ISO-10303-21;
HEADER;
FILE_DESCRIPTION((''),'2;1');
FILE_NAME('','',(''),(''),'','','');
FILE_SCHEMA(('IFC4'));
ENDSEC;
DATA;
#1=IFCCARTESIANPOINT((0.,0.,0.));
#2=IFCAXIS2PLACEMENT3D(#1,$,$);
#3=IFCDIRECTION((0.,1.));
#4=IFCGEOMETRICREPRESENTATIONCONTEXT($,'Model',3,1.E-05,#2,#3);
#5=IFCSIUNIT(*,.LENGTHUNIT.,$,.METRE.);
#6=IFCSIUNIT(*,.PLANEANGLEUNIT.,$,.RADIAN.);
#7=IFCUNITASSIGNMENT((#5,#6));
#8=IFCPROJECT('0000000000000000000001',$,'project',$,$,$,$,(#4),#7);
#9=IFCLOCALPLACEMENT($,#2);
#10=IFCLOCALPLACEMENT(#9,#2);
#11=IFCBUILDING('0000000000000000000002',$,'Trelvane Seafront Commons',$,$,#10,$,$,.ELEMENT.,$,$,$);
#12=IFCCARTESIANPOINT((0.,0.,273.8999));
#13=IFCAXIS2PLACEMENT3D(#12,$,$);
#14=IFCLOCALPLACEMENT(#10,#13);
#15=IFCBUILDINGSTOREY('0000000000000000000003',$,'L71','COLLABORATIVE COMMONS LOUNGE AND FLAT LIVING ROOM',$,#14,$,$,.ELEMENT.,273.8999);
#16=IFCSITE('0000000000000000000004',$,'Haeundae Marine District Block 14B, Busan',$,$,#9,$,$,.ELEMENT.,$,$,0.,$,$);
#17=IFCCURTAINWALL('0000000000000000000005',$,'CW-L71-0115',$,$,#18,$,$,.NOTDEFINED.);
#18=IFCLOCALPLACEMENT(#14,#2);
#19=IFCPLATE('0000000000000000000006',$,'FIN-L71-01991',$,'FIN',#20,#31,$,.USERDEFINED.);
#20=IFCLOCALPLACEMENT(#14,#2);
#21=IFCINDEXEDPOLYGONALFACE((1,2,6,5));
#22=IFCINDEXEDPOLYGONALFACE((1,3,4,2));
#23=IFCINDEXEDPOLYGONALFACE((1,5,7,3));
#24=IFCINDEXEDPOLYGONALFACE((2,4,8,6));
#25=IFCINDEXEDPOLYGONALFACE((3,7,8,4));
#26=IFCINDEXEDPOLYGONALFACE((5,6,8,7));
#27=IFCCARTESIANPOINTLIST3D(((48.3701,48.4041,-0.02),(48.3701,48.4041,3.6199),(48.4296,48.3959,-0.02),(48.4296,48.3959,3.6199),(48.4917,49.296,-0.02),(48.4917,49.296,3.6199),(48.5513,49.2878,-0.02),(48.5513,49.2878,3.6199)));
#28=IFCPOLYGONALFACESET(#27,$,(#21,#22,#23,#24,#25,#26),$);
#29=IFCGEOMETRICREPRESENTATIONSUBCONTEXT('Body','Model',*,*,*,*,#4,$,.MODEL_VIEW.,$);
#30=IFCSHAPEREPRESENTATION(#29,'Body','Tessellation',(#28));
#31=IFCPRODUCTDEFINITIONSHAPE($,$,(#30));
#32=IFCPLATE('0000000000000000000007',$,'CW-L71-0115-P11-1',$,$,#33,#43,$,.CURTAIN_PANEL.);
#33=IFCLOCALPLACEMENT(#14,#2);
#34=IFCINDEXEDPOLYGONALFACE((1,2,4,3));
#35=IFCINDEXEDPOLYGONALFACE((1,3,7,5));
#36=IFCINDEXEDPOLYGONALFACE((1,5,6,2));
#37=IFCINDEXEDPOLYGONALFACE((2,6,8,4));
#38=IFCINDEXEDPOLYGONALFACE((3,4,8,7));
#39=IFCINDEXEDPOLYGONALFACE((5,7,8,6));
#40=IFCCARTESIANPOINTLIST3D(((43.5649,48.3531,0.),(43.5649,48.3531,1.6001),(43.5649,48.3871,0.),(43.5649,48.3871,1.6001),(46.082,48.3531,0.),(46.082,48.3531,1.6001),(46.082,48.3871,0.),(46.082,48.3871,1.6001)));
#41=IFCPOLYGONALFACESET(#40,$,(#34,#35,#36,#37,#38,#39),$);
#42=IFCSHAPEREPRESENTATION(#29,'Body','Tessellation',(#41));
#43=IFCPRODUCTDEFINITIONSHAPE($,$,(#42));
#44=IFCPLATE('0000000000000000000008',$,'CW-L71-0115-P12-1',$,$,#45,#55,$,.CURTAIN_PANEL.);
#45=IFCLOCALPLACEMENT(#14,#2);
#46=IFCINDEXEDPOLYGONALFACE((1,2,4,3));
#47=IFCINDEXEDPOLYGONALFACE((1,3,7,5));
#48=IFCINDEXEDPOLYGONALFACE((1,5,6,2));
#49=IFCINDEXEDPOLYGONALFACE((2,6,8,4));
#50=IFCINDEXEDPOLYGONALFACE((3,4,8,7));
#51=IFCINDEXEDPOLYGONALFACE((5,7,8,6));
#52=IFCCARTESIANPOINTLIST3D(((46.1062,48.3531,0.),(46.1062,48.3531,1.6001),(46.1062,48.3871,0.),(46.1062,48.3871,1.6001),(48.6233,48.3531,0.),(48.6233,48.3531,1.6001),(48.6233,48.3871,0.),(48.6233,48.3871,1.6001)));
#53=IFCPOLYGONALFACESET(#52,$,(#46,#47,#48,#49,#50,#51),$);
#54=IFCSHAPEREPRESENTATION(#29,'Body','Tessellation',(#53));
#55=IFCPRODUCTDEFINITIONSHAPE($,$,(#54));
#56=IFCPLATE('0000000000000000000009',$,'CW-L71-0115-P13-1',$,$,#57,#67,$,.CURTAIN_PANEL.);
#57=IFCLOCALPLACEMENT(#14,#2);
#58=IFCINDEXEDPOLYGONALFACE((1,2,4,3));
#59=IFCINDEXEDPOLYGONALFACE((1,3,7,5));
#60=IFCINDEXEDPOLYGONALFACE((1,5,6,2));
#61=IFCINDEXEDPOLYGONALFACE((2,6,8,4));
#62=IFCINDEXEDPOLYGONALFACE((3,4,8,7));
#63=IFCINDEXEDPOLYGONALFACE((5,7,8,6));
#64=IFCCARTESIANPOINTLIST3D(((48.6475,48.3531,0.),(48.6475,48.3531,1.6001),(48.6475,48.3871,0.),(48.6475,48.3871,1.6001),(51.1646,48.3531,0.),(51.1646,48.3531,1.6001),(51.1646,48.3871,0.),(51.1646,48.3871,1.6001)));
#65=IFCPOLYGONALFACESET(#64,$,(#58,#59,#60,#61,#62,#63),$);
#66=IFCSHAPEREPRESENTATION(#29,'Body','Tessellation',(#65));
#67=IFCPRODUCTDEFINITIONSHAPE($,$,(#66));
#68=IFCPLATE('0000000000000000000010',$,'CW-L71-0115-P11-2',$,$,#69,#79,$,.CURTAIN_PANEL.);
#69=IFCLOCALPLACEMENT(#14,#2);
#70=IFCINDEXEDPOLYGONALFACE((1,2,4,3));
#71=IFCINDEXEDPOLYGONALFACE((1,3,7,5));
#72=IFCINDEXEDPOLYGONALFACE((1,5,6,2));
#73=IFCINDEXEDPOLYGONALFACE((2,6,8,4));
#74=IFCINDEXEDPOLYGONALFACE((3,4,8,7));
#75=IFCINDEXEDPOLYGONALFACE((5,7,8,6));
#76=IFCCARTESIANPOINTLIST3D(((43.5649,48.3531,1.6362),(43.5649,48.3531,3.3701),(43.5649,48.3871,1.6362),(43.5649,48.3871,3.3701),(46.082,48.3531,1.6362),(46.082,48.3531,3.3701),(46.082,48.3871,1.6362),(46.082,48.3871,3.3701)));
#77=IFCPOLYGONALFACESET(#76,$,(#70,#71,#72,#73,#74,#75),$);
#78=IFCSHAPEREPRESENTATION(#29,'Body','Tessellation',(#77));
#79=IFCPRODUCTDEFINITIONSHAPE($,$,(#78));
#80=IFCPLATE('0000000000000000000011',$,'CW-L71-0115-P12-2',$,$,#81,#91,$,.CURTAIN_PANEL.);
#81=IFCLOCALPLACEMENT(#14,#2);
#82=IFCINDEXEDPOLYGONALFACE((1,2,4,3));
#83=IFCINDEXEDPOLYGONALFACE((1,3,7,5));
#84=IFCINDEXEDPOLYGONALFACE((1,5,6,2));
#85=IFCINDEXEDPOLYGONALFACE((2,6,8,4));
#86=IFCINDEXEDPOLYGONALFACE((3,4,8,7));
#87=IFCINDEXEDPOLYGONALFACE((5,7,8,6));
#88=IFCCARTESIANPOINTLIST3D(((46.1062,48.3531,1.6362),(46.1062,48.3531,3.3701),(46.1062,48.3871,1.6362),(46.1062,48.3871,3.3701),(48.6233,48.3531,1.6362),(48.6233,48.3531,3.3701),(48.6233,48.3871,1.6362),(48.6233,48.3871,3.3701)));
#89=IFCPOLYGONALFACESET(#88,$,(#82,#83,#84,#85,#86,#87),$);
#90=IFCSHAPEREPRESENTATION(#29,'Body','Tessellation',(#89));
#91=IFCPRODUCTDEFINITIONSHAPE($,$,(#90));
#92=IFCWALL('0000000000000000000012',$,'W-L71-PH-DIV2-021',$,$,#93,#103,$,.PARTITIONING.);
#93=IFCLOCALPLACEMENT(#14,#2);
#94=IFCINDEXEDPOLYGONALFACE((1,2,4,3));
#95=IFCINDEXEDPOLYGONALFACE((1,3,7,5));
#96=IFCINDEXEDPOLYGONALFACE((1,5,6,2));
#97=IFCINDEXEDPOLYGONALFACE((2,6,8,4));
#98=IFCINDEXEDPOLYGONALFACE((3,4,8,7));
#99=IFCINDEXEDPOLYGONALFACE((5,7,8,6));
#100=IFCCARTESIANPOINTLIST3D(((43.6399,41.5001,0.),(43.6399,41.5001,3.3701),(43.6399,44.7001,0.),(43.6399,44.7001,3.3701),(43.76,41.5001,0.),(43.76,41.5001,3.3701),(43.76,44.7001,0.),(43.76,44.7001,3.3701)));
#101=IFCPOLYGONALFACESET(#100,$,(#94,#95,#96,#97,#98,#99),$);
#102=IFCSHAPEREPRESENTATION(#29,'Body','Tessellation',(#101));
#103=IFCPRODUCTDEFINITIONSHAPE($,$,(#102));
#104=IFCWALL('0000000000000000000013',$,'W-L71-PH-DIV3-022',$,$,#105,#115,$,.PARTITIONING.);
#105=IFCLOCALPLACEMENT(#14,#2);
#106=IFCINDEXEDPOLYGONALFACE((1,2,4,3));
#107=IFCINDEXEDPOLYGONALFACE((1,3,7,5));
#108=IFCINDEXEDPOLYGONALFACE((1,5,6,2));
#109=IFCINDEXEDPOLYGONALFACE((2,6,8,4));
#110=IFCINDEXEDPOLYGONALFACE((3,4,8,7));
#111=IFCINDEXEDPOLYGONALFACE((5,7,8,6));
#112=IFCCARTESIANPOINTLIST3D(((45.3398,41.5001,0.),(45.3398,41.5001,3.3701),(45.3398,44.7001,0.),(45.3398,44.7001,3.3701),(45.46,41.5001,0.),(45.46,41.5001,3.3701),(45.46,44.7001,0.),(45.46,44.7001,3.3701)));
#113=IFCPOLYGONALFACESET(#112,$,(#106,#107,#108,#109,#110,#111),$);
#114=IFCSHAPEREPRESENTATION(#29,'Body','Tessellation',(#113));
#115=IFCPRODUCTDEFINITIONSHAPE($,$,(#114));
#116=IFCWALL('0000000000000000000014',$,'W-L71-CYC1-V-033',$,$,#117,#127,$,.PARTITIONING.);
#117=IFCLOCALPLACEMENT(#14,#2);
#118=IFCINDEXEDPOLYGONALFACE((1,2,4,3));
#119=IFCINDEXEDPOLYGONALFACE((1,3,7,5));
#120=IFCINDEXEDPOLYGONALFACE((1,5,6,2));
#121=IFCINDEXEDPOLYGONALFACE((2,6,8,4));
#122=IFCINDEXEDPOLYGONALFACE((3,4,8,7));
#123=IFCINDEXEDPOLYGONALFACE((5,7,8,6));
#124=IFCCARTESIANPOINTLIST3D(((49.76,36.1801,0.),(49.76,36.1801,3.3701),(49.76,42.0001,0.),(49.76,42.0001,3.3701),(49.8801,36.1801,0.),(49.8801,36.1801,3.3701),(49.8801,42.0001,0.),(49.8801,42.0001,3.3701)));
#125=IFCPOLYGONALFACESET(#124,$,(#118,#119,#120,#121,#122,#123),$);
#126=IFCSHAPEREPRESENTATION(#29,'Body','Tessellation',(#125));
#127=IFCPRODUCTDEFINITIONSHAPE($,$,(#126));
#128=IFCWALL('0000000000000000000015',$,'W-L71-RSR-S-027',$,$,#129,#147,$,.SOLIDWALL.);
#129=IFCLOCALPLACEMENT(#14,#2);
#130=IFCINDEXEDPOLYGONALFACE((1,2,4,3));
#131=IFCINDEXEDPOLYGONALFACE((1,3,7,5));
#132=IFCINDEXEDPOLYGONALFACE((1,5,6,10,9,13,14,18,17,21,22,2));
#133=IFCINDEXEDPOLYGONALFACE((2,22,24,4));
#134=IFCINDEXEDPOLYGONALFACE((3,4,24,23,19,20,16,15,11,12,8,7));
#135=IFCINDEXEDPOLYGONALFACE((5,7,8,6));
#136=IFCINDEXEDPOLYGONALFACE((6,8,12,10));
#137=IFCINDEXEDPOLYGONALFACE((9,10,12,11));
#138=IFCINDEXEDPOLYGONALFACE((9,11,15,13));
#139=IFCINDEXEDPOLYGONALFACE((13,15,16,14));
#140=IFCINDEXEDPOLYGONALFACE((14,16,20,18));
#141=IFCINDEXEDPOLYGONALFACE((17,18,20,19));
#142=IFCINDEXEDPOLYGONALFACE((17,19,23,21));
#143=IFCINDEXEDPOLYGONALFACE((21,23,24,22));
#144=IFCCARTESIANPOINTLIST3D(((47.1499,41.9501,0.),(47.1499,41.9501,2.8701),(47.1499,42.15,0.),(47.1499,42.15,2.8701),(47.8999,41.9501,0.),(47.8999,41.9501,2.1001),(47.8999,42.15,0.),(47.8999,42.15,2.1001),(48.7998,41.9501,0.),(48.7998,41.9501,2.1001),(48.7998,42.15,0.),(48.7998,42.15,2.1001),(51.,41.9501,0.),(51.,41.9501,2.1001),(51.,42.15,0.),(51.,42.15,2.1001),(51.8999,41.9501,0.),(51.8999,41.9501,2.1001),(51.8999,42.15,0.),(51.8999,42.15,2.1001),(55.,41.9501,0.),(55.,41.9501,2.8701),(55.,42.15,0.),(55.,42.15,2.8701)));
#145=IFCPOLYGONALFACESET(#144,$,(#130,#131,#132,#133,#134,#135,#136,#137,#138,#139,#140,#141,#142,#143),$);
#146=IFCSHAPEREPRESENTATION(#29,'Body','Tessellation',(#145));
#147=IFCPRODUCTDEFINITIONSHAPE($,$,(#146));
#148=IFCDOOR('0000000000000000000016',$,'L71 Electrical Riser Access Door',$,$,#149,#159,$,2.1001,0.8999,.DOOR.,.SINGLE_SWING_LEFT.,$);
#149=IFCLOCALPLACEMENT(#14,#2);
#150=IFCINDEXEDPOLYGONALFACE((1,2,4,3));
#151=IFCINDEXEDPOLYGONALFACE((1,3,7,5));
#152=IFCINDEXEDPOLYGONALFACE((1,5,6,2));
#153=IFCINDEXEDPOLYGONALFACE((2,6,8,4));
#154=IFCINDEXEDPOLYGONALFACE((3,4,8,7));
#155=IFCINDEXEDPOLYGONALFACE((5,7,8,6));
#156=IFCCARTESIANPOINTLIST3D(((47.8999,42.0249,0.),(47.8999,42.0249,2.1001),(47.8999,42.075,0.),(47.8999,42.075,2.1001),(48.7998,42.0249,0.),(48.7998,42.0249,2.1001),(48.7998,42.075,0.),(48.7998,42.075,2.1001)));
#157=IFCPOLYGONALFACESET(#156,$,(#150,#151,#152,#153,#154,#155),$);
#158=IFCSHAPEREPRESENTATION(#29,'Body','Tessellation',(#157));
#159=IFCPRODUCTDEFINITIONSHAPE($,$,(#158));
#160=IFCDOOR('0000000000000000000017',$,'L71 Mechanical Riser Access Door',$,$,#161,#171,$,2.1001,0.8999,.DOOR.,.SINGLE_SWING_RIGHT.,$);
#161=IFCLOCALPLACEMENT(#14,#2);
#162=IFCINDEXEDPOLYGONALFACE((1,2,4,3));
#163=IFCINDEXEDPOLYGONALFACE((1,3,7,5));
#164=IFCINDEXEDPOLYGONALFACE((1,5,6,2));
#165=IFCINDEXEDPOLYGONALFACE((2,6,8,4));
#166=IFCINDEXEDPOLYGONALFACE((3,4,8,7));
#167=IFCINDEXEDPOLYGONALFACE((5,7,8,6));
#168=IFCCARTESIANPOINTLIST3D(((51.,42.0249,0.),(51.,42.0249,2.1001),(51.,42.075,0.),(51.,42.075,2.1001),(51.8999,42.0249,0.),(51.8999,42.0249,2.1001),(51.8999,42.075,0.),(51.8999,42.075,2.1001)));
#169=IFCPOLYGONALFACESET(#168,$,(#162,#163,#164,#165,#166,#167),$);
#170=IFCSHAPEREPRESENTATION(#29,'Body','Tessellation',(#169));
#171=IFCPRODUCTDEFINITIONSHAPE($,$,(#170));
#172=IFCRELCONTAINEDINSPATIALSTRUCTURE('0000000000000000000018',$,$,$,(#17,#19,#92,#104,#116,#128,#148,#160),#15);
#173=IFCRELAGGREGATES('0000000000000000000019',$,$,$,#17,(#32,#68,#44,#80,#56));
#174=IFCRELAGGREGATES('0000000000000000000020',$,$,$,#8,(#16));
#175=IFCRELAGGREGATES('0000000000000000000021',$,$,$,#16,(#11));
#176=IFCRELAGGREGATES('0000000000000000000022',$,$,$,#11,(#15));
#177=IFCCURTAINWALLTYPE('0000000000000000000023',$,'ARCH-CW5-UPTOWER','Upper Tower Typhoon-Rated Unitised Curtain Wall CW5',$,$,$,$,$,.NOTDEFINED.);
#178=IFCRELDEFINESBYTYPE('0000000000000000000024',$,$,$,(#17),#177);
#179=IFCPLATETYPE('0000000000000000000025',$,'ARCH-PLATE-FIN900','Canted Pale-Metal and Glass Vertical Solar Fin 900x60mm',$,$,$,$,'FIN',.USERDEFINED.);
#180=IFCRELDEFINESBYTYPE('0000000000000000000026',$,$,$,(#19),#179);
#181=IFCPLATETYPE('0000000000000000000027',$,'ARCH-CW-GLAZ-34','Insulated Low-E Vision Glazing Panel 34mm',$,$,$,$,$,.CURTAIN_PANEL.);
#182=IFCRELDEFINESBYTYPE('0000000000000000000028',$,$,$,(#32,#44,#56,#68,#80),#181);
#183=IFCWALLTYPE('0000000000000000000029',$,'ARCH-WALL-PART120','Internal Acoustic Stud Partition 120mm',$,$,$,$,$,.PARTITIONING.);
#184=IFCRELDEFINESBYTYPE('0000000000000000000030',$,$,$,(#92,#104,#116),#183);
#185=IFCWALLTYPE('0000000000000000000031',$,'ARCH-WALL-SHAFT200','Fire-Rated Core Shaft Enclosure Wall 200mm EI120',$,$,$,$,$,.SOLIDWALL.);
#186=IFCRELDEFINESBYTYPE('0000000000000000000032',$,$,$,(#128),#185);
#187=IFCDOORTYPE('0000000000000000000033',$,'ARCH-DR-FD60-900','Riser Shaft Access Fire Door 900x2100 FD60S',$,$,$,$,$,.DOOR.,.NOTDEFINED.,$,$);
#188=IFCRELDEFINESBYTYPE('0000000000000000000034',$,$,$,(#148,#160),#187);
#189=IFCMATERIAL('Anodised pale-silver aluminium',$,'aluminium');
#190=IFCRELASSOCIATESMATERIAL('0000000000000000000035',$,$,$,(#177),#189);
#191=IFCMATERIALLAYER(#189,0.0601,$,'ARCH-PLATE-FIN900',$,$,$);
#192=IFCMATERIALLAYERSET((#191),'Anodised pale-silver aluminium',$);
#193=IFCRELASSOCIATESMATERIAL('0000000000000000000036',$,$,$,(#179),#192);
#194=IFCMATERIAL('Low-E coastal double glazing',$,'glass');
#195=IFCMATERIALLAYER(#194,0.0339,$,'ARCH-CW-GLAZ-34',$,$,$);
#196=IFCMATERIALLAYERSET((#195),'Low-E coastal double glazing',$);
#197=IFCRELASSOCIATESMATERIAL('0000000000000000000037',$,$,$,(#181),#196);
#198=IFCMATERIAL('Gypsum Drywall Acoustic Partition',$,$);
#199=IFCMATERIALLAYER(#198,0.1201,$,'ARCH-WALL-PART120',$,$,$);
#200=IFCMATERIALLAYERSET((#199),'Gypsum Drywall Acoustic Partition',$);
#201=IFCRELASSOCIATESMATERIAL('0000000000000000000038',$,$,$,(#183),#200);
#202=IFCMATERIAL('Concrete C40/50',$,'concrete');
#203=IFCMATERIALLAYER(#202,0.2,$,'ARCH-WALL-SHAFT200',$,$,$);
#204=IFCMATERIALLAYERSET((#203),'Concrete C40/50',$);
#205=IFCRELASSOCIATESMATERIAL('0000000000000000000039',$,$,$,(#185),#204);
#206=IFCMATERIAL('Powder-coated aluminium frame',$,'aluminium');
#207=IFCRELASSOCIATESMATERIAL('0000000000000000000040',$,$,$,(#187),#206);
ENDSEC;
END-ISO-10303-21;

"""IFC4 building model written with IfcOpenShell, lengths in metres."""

from ifc_helpers import new_model, si_unit, direction, frame, frame_2d, origin, origin_2d, place, context, subcontext, project, spatial, rectangle, extrude, source, transform, mapped, material, layer, layer_set, type_object, element, fill, aggregate, save


model = new_model("IFC4")

# Units and contexts
model_context = context("Model", 3, precision=1e-05, world=origin(), true_north=direction((0.0, 1.0)))
body_context = subcontext(model_context, "Body", "Model", "MODEL_VIEW")
ifc_project = project(units=[si_unit("LENGTHUNIT", "METRE"), si_unit("PLANEANGLEUNIT", "RADIAN")], contexts=[model_context])

# Site, building, storey
site_placement = place(None, origin())
site = spatial("IfcSite", under=ifc_project, at=site_placement, Name="Haeundae Marine District Block 14B, Busan", CompositionType="ELEMENT", RefElevation=0.0)
building_placement = place(site_placement, origin())
building = spatial("IfcBuilding", under=site, at=building_placement, Name="Trelvane Seafront Commons", CompositionType="ELEMENT")
storey_placement = place(building_placement, frame((0.0, 0.0, 273.8999)))
storey = spatial("IfcBuildingStorey", under=building, at=storey_placement, Name="L71", Description="COLLABORATIVE COMMONS LOUNGE AND FLAT LIVING ROOM", CompositionType="ELEMENT", Elevation=273.8999)

# Curtain wall
ifc_material_1 = material(Name="Anodised pale-silver aluminium", Category="aluminium")
curtain_wall_type = type_object("IfcCurtainWallType", Name="ARCH-CW5-UPTOWER", Description="Upper Tower Typhoon-Rated Unitised Curtain Wall CW5", PredefinedType="NOTDEFINED", material=ifc_material_1)
curtain_wall_placement = place(storey_placement, origin())
curtain_wall = element("IfcCurtainWall", 1, at=curtain_wall_placement, inside=storey, type_object=curtain_wall_type, Name="CW-L71-0115", PredefinedType="NOTDEFINED")

# Plate
ifc_layer_1 = layer(ifc_material_1, 0.0601, Name="ARCH-PLATE-FIN900")
ifc_layer_set_1 = layer_set([ifc_layer_1], Name="Anodised pale-silver aluminium")
plate_type_1 = type_object("IfcPlateType", Name="ARCH-PLATE-FIN900", Description="Canted Pale-Metal and Glass Vertical Solar Fin 900x60mm", ElementType="FIN", PredefinedType="USERDEFINED", material=ifc_layer_set_1)
shared_shape_1 = source(origin(), body_context, "Body", "SweptSolid", [
    extrude(rectangle(XDim=0.9001, YDim=0.0601, at=origin_2d()), origin(), (0.0, 0.0, 1.0), 3.6399),
])
plate_1_placement = place(storey_placement, frame((48.4607, 48.8459, -0.02), z_axis=(0.0, 0.0, 1.0), x_axis=(0.135103, 0.990832, 0.0)))
element("IfcPlate", 2, at=plate_1_placement, inside=storey, type_object=plate_type_1, Name="FIN-L71-01991", ObjectType="FIN", PredefinedType="USERDEFINED", context=body_context, shape_type="MappedRepresentation", body=[
    mapped(shared_shape_1, transform((0.0, 0.0, 0.0), x_axis=(1.0, 0.0, 0.0), y_axis=(0.0, 1.0, 0.0), z_axis=(0.0, 0.0, 1.0), scale=1.0)),
])

# Plates
ifc_material_2 = material(Name="Low-E coastal double glazing", Category="glass")
ifc_layer_2 = layer(ifc_material_2, 0.0339, Name="ARCH-CW-GLAZ-34")
ifc_layer_set_2 = layer_set([ifc_layer_2], Name="Low-E coastal double glazing")
plate_type_2 = type_object("IfcPlateType", Name="ARCH-CW-GLAZ-34", Description="Insulated Low-E Vision Glazing Panel 34mm", PredefinedType="CURTAIN_PANEL", material=ifc_layer_set_2)
shared_shape_2 = source(origin(), body_context, "Body", "SweptSolid", [
    extrude(rectangle(XDim=2.5171, YDim=0.0339, at=origin_2d()), origin(), (0.0, 0.0, 1.0), 1.6001),
])
plate_2_placement = place(storey_placement, frame((44.8235, 48.3701, 0.0), z_axis=(0.0, 0.0, 1.0), x_axis=(1.0, 0.0, 0.0)))
plate_2 = element("IfcPlate", 3, at=plate_2_placement, type_object=plate_type_2, Name="CW-L71-0115-P11-1", PredefinedType="CURTAIN_PANEL", context=body_context, shape_type="MappedRepresentation", body=[
    mapped(shared_shape_2, transform((0.0, 0.0, 0.0), x_axis=(1.0, 0.0, 0.0), y_axis=(0.0, 1.0, 0.0), z_axis=(0.0, 0.0, 1.0), scale=1.0)),
])
plate_3_placement = place(storey_placement, frame((47.3647, 48.3701, 0.0), z_axis=(0.0, 0.0, 1.0), x_axis=(1.0, 0.0, 0.0)))
plate_3 = element("IfcPlate", 4, at=plate_3_placement, type_object=plate_type_2, Name="CW-L71-0115-P12-1", PredefinedType="CURTAIN_PANEL", context=body_context, shape_type="MappedRepresentation", body=[
    mapped(shared_shape_2, transform((0.0, 0.0, 0.0), x_axis=(1.0, 0.0, 0.0), y_axis=(0.0, 1.0, 0.0), z_axis=(0.0, 0.0, 1.0), scale=1.0)),
])
plate_4_placement = place(storey_placement, frame((49.906, 48.3701, 0.0), z_axis=(0.0, 0.0, 1.0), x_axis=(1.0, 0.0, 0.0)))
plate_4 = element("IfcPlate", 5, at=plate_4_placement, type_object=plate_type_2, Name="CW-L71-0115-P13-1", PredefinedType="CURTAIN_PANEL", context=body_context, shape_type="MappedRepresentation", body=[
    mapped(shared_shape_2, transform((0.0, 0.0, 0.0), x_axis=(1.0, 0.0, 0.0), y_axis=(0.0, 1.0, 0.0), z_axis=(0.0, 0.0, 1.0), scale=1.0)),
])
shared_shape_3 = source(origin(), body_context, "Body", "SweptSolid", [
    extrude(rectangle(XDim=2.5171, YDim=0.0339, at=origin_2d()), origin(), (0.0, 0.0, 1.0), 1.7339),
])
plate_5_placement = place(storey_placement, frame((44.8235, 48.3701, 1.6362), z_axis=(0.0, 0.0, 1.0), x_axis=(1.0, 0.0, 0.0)))
plate_5 = element("IfcPlate", 6, at=plate_5_placement, type_object=plate_type_2, Name="CW-L71-0115-P11-2", PredefinedType="CURTAIN_PANEL", context=body_context, shape_type="MappedRepresentation", body=[
    mapped(shared_shape_3, transform((0.0, 0.0, 0.0), x_axis=(1.0, 0.0, 0.0), y_axis=(0.0, 1.0, 0.0), z_axis=(0.0, 0.0, 1.0), scale=1.0)),
])
plate_6_placement = place(storey_placement, frame((47.3647, 48.3701, 1.6362), z_axis=(0.0, 0.0, 1.0), x_axis=(1.0, 0.0, 0.0)))
plate_6 = element("IfcPlate", 7, at=plate_6_placement, type_object=plate_type_2, Name="CW-L71-0115-P12-2", PredefinedType="CURTAIN_PANEL", context=body_context, shape_type="MappedRepresentation", body=[
    mapped(shared_shape_3, transform((0.0, 0.0, 0.0), x_axis=(1.0, 0.0, 0.0), y_axis=(0.0, 1.0, 0.0), z_axis=(0.0, 0.0, 1.0), scale=1.0)),
])
aggregate(curtain_wall, [plate_2, plate_5, plate_3, plate_6, plate_4])

# Walls
ifc_material_3 = material(Name="Gypsum Drywall Acoustic Partition")
ifc_layer_3 = layer(ifc_material_3, 0.1201, Name="ARCH-WALL-PART120")
ifc_layer_set_3 = layer_set([ifc_layer_3], Name="Gypsum Drywall Acoustic Partition")
wall_type_1 = type_object("IfcWallType", Name="ARCH-WALL-PART120", Description="Internal Acoustic Stud Partition 120mm", PredefinedType="PARTITIONING", material=ifc_layer_set_3)
for number, where, z_axis, x_axis, name in (
    (8, (43.7, 41.5, 0.0), (0.0, 0.0, 1.0), (0.0, 1.0, 0.0), "W-L71-PH-DIV2-021"),
    (9, (45.3999, 41.5, 0.0), (0.0, 0.0, 1.0), (0.0, 1.0, 0.0), "W-L71-PH-DIV3-022"),
):
    element("IfcWall", number, at=place(storey_placement, frame(where, z_axis=z_axis, x_axis=x_axis)), inside=storey, type_object=wall_type_1, Name=name, PredefinedType="PARTITIONING", context=body_context, shape_type="SweptSolid", body=[
        extrude(rectangle(XDim=3.2, YDim=0.1201, at=frame_2d((1.6001, 0.0))), origin(), (0.0, 0.0, 1.0), 3.3701),
    ])

# Wall
wall_1_placement = place(storey_placement, frame((49.8201, 36.1799, 0.0), z_axis=(0.0, 0.0, 1.0), x_axis=(0.0, 1.0, 0.0)))
element("IfcWall", 10, at=wall_1_placement, inside=storey, type_object=wall_type_1, Name="W-L71-CYC1-V-033", PredefinedType="PARTITIONING", context=body_context, shape_type="SweptSolid", body=[
    extrude(rectangle(XDim=5.8201, YDim=0.1201, at=frame_2d((2.9102, 0.0))), origin(), (0.0, 0.0, 1.0), 3.3701),
])

# Wall, openings, doors
ifc_material_4 = material(Name="Concrete C40/50", Category="concrete")
ifc_layer_4 = layer(ifc_material_4, 0.2, Name="ARCH-WALL-SHAFT200")
ifc_layer_set_4 = layer_set([ifc_layer_4], Name="Concrete C40/50")
wall_type_2 = type_object("IfcWallType", Name="ARCH-WALL-SHAFT200", Description="Fire-Rated Core Shaft Enclosure Wall 200mm EI120", PredefinedType="SOLIDWALL", material=ifc_layer_set_4)
wall_2_placement = place(storey_placement, frame((47.1499, 42.05, 0.0), z_axis=(0.0, 0.0, 1.0), x_axis=(1.0, 0.0, 0.0)))
wall_2 = element("IfcWall", 11, at=wall_2_placement, inside=storey, type_object=wall_type_2, Name="W-L71-RSR-S-027", PredefinedType="SOLIDWALL", context=body_context, shape_type="SweptSolid", body=[
    extrude(rectangle(XDim=7.8501, YDim=0.2, at=frame_2d((3.925, 0.0))), origin(), (0.0, 0.0, 1.0), 2.8701),
])
opening_1_placement = place(wall_2_placement, frame((0.75, 0.0, 0.0)))
opening_1 = element("IfcOpeningElement", 12, at=opening_1_placement, cuts=wall_2, PredefinedType="OPENING", context=body_context, shape_type="SweptSolid", body=[
    extrude(rectangle(XDim=0.8999, YDim=2.1001, at=frame_2d((0.45, 1.05))), frame((0.0, 0.1099, 0.0), z_axis=(0.0, -1.0, 0.0), x_axis=(1.0, 0.0, 0.0)), (0.0, 0.0, 1.0), 0.22),
])
opening_2_placement = place(wall_2_placement, frame((3.8501, 0.0, 0.0)))
opening_2 = element("IfcOpeningElement", 13, at=opening_2_placement, cuts=wall_2, PredefinedType="OPENING", context=body_context, shape_type="SweptSolid", body=[
    extrude(rectangle(XDim=0.8999, YDim=2.1001, at=frame_2d((0.45, 1.05))), frame((0.0, 0.1099, 0.0), z_axis=(0.0, -1.0, 0.0), x_axis=(1.0, 0.0, 0.0)), (0.0, 0.0, 1.0), 0.22),
])
ifc_material_5 = material(Name="Powder-coated aluminium frame", Category="aluminium")
door_type_1 = type_object("IfcDoorType", Name="ARCH-DR-FD60-900", Description="Riser Shaft Access Fire Door 900x2100 FD60S", OperationType="NOTDEFINED", PredefinedType="DOOR", material=ifc_material_5)
shared_shape_4 = source(origin(), body_context, "Body", "SweptSolid", [
    extrude(rectangle(XDim=0.8999, YDim=2.1001, at=frame_2d((0.45, 1.05))), frame((0.0, 0.0249, 0.0), z_axis=(0.0, -1.0, 0.0), x_axis=(1.0, 0.0, 0.0)), (0.0, 0.0, 1.0), 0.05),
])
door_1_placement = place(opening_1_placement, origin())
door_1 = element("IfcDoor", 14, at=door_1_placement, inside=storey, type_object=door_type_1, Name="L71 Electrical Riser Access Door", OperationType="SINGLE_SWING_LEFT", OverallHeight=2.1001, OverallWidth=0.8999, PredefinedType="DOOR", context=body_context, shape_type="MappedRepresentation", body=[
    mapped(shared_shape_4, transform((0.0, 0.0, 0.0), x_axis=(1.0, 0.0, 0.0), y_axis=(0.0, 1.0, 0.0), z_axis=(0.0, 0.0, 1.0), scale=1.0)),
])
fill(opening_1, door_1)
door_2_placement = place(opening_2_placement, origin())
door_2 = element("IfcDoor", 15, at=door_2_placement, inside=storey, type_object=door_type_1, Name="L71 Mechanical Riser Access Door", OperationType="SINGLE_SWING_RIGHT", OverallHeight=2.1001, OverallWidth=0.8999, PredefinedType="DOOR", context=body_context, shape_type="MappedRepresentation", body=[
    mapped(shared_shape_4, transform((0.0, 0.0, 0.0), x_axis=(1.0, 0.0, 0.0), y_axis=(0.0, 1.0, 0.0), z_axis=(0.0, 0.0, 1.0), scale=1.0)),
])
fill(opening_2, door_2)

save(model, "model.ifc")
